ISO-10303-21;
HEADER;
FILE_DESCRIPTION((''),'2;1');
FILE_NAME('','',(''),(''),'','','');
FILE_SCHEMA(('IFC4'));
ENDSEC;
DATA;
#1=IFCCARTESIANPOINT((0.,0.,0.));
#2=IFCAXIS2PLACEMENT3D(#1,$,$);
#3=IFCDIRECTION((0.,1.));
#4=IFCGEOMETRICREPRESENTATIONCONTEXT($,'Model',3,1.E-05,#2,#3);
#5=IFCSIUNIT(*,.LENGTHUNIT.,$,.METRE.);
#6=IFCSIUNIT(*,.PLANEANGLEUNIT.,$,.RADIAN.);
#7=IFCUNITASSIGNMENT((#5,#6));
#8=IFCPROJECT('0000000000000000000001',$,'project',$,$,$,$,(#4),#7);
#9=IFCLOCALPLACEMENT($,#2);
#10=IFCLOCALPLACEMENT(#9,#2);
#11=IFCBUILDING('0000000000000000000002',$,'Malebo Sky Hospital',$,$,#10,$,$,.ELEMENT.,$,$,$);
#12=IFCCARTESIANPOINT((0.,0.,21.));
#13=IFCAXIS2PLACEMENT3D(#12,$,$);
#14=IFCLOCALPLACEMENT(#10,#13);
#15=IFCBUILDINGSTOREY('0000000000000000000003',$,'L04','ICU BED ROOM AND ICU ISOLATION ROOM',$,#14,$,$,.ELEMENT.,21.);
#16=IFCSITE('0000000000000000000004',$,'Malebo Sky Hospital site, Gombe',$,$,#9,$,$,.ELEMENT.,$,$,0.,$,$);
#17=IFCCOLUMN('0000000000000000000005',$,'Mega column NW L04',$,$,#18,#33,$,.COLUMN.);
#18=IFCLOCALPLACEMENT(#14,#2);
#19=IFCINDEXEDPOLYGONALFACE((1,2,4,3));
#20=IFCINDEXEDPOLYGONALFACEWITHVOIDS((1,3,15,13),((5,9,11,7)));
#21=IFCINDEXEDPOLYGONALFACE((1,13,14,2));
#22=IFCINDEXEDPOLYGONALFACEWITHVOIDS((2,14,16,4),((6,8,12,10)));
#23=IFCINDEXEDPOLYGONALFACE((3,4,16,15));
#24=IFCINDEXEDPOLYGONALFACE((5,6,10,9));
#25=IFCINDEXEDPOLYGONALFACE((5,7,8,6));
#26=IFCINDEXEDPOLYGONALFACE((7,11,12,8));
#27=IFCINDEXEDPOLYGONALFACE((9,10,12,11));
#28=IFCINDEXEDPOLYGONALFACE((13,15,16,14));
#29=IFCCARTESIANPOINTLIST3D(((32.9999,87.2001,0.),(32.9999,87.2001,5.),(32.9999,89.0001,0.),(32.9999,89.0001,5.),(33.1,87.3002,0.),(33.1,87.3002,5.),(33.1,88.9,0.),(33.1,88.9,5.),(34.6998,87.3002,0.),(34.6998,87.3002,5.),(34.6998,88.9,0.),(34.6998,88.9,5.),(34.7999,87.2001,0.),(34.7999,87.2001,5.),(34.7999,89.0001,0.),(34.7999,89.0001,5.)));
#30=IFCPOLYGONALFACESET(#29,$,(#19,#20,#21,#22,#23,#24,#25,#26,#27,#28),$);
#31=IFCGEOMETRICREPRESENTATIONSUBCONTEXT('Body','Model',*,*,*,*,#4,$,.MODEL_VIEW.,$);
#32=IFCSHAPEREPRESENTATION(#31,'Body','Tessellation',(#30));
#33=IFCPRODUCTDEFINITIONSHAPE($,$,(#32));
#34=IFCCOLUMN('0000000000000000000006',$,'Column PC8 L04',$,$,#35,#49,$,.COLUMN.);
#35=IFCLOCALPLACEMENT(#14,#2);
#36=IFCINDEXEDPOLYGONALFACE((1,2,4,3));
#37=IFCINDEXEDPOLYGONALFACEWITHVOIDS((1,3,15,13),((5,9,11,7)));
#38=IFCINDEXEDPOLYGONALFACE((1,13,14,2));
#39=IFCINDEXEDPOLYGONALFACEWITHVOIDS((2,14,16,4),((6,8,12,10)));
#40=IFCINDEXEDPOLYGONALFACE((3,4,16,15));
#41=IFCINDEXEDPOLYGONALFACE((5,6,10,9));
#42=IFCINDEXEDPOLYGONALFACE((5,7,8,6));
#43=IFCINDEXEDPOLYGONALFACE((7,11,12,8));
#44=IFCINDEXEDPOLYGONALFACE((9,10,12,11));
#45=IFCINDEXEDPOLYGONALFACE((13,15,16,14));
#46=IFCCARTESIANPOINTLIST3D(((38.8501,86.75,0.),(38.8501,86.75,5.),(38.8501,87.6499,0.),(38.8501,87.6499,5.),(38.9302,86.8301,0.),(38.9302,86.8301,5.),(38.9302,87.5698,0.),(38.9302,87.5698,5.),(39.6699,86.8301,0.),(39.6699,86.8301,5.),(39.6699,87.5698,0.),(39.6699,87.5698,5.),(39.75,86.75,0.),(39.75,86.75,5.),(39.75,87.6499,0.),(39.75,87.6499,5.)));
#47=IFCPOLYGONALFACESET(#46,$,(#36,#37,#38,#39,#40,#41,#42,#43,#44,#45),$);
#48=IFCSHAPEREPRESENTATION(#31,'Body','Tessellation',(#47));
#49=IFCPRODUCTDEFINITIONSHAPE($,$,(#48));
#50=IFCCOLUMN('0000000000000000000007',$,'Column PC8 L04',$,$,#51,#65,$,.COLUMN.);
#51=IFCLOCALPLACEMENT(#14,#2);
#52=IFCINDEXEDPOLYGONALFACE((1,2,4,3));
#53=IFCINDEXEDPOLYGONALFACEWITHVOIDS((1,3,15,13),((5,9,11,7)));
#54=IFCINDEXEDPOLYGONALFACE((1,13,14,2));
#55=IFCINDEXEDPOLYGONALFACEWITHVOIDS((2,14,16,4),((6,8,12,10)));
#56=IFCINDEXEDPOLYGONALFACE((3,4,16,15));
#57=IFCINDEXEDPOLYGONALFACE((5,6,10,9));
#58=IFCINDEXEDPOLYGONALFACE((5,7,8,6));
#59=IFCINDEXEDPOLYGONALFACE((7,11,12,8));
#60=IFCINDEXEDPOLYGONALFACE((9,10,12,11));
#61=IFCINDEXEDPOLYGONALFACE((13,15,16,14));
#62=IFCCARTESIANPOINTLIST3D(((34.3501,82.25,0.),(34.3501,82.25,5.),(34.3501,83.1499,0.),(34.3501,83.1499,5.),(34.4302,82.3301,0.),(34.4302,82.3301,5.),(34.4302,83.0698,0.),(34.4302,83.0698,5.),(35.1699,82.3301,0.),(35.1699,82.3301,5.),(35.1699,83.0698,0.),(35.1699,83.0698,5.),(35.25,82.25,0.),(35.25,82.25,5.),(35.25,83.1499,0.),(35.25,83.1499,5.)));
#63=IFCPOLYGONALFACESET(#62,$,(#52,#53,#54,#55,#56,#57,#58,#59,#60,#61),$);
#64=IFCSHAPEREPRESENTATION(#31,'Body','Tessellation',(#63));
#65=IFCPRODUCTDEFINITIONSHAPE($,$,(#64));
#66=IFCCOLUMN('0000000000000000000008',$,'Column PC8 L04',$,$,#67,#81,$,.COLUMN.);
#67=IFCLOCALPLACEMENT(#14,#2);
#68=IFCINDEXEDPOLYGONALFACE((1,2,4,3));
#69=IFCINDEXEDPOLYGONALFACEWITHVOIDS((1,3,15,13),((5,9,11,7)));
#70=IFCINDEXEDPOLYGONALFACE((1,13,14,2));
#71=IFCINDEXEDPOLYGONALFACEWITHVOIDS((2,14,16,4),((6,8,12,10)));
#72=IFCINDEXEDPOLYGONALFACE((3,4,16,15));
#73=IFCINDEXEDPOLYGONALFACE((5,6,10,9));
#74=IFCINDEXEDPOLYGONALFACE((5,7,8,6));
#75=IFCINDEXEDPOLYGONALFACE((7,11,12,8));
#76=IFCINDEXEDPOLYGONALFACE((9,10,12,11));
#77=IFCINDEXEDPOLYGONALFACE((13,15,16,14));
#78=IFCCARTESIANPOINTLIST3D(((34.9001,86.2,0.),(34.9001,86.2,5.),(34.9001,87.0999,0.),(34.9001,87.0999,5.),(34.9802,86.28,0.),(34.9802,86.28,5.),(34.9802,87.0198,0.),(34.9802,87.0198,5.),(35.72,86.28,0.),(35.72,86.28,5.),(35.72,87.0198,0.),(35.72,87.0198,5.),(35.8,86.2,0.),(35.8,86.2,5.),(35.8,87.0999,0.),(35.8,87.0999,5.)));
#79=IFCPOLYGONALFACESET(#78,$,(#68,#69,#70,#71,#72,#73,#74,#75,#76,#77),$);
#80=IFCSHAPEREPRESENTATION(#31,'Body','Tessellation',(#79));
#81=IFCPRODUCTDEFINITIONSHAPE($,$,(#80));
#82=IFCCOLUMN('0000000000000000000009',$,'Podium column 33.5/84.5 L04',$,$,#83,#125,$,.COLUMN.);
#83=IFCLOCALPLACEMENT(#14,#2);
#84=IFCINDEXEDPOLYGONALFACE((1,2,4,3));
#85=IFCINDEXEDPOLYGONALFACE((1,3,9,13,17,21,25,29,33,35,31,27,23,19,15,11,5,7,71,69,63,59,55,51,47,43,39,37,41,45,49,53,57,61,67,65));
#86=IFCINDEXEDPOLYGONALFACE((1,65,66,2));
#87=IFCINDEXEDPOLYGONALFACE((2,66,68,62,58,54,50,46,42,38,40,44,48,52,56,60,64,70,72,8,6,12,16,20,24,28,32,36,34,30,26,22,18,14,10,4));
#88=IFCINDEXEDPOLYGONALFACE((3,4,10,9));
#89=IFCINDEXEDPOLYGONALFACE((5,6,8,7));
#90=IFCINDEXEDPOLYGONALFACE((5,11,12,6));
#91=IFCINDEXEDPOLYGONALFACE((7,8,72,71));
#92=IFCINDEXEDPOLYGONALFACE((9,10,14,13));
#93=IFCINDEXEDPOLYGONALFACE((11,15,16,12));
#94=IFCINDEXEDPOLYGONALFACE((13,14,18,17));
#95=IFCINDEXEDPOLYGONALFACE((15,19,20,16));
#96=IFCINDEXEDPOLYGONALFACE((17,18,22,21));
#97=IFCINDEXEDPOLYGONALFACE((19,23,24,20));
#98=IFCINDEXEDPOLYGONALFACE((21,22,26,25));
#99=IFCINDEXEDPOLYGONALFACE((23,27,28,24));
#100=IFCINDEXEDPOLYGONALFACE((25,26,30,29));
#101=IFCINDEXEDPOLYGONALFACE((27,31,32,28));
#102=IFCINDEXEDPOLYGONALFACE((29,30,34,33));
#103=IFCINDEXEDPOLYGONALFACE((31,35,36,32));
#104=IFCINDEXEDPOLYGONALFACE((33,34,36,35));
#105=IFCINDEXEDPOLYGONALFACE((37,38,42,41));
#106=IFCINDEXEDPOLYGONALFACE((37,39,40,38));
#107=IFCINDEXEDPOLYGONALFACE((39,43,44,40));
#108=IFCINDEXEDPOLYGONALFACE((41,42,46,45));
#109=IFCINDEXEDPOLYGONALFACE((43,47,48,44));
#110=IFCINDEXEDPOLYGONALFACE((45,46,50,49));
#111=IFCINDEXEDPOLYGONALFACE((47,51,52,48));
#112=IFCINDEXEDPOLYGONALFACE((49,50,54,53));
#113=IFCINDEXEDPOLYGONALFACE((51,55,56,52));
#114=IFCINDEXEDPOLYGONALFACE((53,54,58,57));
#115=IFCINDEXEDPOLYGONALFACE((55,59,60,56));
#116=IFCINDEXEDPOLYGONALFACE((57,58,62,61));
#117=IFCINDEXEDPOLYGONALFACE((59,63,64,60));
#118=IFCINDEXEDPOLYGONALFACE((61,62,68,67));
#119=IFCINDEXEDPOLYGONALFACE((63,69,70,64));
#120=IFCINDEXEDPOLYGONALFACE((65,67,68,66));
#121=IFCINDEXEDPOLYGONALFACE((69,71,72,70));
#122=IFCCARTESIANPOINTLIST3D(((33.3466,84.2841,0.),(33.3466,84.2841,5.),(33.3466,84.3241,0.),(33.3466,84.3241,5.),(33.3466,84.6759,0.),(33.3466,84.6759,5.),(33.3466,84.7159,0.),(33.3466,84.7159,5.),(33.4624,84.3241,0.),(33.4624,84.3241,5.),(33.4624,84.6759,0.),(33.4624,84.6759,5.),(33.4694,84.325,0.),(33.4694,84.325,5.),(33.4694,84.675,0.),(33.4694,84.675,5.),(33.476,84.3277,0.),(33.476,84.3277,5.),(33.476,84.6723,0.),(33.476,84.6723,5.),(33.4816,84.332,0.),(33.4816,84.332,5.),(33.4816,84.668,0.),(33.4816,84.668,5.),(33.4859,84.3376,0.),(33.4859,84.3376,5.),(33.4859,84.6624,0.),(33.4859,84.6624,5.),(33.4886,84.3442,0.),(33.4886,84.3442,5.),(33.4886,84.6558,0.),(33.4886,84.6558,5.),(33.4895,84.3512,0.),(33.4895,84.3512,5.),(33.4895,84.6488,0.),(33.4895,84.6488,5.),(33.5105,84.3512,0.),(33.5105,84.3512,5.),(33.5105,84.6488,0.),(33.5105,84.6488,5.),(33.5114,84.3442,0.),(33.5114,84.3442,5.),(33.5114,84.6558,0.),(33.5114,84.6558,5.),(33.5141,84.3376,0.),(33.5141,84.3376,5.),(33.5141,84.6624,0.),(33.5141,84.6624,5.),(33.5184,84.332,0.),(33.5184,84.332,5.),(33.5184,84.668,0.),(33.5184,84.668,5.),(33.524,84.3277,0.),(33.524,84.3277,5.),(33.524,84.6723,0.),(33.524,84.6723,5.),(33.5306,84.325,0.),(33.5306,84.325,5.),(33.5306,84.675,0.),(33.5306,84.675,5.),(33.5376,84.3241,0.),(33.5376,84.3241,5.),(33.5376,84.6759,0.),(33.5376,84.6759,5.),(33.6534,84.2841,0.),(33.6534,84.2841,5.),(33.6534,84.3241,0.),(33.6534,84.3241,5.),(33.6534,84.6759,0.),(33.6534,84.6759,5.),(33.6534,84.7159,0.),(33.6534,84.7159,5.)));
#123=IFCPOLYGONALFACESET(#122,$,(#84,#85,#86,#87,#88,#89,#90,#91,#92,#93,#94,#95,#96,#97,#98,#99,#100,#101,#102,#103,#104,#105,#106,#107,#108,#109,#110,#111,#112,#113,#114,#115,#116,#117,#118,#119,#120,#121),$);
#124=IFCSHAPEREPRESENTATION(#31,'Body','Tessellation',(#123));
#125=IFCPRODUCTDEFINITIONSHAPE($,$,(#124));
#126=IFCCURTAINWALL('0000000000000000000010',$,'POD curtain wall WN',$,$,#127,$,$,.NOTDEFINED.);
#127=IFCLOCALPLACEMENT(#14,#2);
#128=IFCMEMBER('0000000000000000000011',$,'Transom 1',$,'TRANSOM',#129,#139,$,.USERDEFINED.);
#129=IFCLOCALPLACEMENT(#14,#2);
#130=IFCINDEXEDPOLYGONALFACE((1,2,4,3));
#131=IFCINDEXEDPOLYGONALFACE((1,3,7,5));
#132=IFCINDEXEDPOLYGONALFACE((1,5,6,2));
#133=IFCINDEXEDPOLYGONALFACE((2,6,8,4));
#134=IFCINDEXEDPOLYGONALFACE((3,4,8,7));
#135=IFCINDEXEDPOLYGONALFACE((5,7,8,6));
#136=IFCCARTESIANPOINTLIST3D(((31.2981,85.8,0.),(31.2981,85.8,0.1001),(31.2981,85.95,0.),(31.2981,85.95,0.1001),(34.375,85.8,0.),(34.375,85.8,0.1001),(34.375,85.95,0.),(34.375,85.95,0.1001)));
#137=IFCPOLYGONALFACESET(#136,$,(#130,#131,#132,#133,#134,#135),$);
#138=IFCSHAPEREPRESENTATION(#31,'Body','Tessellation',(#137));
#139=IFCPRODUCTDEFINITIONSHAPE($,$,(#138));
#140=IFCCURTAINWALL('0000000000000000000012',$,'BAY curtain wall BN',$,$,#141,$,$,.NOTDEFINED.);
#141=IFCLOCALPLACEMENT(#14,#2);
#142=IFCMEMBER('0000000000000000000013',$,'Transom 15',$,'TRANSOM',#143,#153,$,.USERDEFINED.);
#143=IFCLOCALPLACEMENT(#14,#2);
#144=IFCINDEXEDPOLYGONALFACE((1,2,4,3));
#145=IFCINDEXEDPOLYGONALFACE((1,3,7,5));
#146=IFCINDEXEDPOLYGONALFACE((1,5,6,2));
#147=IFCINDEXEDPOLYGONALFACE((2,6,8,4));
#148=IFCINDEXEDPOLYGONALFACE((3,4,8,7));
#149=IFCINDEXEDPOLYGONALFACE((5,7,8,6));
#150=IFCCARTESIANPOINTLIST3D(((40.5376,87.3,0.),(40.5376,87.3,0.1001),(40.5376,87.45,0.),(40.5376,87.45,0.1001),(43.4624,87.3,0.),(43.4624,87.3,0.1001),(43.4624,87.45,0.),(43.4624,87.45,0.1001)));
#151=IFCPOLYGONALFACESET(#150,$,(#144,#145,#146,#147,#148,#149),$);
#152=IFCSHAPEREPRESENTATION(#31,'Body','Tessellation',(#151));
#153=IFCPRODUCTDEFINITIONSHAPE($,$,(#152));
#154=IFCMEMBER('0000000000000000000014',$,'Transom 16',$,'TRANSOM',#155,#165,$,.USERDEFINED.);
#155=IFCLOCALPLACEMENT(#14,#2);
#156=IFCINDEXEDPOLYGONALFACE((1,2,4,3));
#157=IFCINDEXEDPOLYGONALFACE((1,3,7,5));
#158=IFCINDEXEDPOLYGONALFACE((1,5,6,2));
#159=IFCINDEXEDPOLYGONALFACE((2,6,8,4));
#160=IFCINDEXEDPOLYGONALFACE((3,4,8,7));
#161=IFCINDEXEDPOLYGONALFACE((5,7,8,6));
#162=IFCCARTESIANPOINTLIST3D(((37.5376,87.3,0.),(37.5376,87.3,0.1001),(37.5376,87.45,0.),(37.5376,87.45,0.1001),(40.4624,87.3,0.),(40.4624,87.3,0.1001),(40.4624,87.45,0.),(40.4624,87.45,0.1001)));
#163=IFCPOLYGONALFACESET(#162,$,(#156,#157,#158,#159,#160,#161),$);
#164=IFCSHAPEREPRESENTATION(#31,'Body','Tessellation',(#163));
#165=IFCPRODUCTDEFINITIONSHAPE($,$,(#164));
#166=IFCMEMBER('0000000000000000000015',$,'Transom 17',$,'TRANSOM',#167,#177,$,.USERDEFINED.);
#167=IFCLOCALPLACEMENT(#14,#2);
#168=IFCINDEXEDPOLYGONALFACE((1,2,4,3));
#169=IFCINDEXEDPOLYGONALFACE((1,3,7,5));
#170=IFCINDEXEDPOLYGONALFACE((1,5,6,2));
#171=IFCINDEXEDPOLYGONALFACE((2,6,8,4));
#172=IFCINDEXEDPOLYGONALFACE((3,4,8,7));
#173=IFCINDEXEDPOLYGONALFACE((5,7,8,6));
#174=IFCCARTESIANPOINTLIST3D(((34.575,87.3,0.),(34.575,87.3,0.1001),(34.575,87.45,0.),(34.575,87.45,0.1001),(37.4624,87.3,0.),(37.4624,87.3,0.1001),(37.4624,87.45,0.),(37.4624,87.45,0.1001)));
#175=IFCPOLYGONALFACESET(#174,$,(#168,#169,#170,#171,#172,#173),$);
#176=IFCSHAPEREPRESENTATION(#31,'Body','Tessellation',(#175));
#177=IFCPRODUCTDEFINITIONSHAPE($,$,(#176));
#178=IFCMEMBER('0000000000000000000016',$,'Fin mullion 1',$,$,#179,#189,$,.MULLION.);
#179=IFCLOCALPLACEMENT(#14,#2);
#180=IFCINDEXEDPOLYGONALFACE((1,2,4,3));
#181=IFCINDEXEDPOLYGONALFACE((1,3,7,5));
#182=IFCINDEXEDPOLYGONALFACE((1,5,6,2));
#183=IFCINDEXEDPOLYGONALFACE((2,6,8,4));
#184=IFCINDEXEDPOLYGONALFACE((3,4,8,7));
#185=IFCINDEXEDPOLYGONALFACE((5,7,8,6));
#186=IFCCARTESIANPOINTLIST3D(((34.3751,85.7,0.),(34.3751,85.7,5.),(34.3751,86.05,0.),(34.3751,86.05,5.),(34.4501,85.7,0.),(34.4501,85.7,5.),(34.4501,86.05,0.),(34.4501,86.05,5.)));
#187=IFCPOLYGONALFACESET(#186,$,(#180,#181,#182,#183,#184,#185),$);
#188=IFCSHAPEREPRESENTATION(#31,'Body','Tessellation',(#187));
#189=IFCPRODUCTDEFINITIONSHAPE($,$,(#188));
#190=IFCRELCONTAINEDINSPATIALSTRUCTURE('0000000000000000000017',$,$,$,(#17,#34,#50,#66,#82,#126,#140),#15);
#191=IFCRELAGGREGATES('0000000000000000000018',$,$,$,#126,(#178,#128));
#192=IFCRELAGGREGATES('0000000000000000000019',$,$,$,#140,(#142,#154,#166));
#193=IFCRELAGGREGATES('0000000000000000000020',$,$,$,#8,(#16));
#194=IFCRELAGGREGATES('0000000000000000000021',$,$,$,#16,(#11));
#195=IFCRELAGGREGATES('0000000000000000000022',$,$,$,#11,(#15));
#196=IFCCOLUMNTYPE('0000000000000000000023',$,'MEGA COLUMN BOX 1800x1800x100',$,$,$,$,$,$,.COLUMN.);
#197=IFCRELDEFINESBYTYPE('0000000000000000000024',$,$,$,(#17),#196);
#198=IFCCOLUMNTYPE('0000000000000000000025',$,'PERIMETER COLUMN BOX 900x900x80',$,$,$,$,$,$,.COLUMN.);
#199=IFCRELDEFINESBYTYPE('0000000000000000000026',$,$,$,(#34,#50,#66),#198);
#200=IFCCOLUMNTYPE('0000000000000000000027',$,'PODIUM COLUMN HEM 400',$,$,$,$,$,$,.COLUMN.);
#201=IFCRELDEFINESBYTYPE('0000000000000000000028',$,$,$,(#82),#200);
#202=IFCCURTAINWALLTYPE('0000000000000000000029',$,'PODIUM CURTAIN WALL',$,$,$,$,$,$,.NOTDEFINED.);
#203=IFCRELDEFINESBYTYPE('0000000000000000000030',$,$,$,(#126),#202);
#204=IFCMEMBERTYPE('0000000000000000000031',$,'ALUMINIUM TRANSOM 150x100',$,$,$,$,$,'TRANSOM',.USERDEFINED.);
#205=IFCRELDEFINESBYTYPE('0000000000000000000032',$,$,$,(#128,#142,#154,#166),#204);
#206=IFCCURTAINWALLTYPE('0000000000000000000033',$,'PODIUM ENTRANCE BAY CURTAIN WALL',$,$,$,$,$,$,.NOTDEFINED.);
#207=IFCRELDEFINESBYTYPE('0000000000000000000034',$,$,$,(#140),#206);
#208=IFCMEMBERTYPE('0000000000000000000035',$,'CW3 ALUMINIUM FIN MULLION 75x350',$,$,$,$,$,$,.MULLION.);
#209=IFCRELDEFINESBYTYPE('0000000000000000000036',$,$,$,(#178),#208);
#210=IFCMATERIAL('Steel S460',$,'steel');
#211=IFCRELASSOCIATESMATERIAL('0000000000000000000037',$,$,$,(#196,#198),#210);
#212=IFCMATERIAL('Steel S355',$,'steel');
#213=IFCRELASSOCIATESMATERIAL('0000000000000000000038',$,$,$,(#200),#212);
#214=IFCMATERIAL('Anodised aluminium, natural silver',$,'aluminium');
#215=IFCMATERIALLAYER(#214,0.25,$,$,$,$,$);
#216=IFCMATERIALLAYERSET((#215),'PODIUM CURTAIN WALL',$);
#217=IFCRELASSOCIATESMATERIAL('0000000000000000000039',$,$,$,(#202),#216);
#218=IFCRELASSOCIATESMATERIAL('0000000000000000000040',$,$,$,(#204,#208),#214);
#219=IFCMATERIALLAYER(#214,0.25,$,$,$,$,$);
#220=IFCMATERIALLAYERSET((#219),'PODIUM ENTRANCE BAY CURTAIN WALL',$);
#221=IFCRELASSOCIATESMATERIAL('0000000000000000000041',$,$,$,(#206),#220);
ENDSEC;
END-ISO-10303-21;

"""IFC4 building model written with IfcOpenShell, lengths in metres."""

from ifc_helpers import new_model, si_unit, direction, frame, origin, origin_2d, place, context, subcontext, project, spatial, rectangle, hollow_rectangle, i_section, extrude, material, layer, layer_set, material_profile, profile_set, type_object, element, aggregate, save


model = new_model("IFC4")

# Units and contexts
model_context = context("Model", 3, precision=1e-05, world=origin(), true_north=direction((0.0, 1.0)))
body_context = subcontext(model_context, "Body", "Model", "MODEL_VIEW")
ifc_project = project(units=[si_unit("LENGTHUNIT", "METRE"), si_unit("PLANEANGLEUNIT", "RADIAN")], contexts=[model_context])

# Site, building, storey
site_placement = place(None, origin())
site = spatial("IfcSite", under=ifc_project, at=site_placement, Name="Malebo Sky Hospital site, Gombe", CompositionType="ELEMENT", RefElevation=0.0)
building_placement = place(site_placement, origin())
building = spatial("IfcBuilding", under=site, at=building_placement, Name="Malebo Sky Hospital", CompositionType="ELEMENT")
storey_placement = place(building_placement, frame((0.0, 0.0, 21.0)))
storey = spatial("IfcBuildingStorey", under=building, at=storey_placement, Name="L04", Description="ICU BED ROOM AND ICU ISOLATION ROOM", CompositionType="ELEMENT", Elevation=21.0)

# Columns
ifc_material_1 = material(Name="Steel S460", Category="steel")
ifc_material_profile_1 = material_profile(ifc_material_1, hollow_rectangle(XDim=1.8, YDim=1.8, WallThickness=0.1001, at=origin_2d()), Name="BOX 1800x1800x100")
ifc_profile_set_1 = profile_set([ifc_material_profile_1], Name="Steel S460")
column_type_1 = type_object("IfcColumnType", Name="MEGA COLUMN BOX 1800x1800x100", PredefinedType="COLUMN", material=ifc_profile_set_1)
column_1_placement = place(storey_placement, frame((33.8999, 88.1001, 0.0), z_axis=(0.0, 0.0, 1.0), x_axis=(1.0, 0.0, 0.0)))
element("IfcColumn", 1, at=column_1_placement, inside=storey, type_object=column_type_1, Name="Mega column NW L04", PredefinedType="COLUMN", context=body_context, shape_type="SweptSolid", body=[
    extrude(hollow_rectangle(XDim=1.8, YDim=1.8, WallThickness=0.1001, at=origin_2d()), origin(), (0.0, 0.0, 1.0), 5.0),
])
ifc_material_profile_2 = material_profile(ifc_material_1, hollow_rectangle(XDim=0.8999, YDim=0.8999, WallThickness=0.0801, at=origin_2d()), Name="BOX 900x900x80")
ifc_profile_set_2 = profile_set([ifc_material_profile_2], Name="Steel S460")
column_type_2 = type_object("IfcColumnType", Name="PERIMETER COLUMN BOX 900x900x80", PredefinedType="COLUMN", material=ifc_profile_set_2)
for number, where, z_axis, x_axis, name in (
    (2, (39.3, 87.2, 0.0), (0.0, 0.0, 1.0), (1.0, 0.0, 0.0), "Column PC8 L04"),
    (3, (34.8, 82.7, 0.0), (0.0, 0.0, 1.0), (1.0, 0.0, 0.0), "Column PC8 L04"),
    (4, (35.3501, 86.6499, 0.0), (0.0, 0.0, 1.0), (1.0, 0.0, 0.0), "Column PC8 L04"),
):
    element("IfcColumn", number, at=place(storey_placement, frame(where, z_axis=z_axis, x_axis=x_axis)), inside=storey, type_object=column_type_2, Name=name, PredefinedType="COLUMN", context=body_context, shape_type="SweptSolid", body=[
        extrude(hollow_rectangle(XDim=0.8999, YDim=0.8999, WallThickness=0.0801, at=origin_2d()), origin(), (0.0, 0.0, 1.0), 5.0),
    ])
ifc_material_2 = material(Name="Steel S355", Category="steel")
ifc_material_profile_3 = material_profile(ifc_material_2, i_section(OverallWidth=0.3069, OverallDepth=0.4319, WebThickness=0.021, FlangeThickness=0.04, FilletRadius=0.0271, at=origin_2d()), Name="HEM 400")
ifc_profile_set_3 = profile_set([ifc_material_profile_3], Name="Steel S355")
column_type_3 = type_object("IfcColumnType", Name="PODIUM COLUMN HEM 400", PredefinedType="COLUMN", material=ifc_profile_set_3)
column_2_placement = place(storey_placement, frame((33.5, 84.5, 0.0), z_axis=(0.0, 0.0, 1.0), x_axis=(1.0, 0.0, 0.0)))
element("IfcColumn", 5, at=column_2_placement, inside=storey, type_object=column_type_3, Name="Podium column 33.5/84.5 L04", PredefinedType="COLUMN", context=body_context, shape_type="SweptSolid", body=[
    extrude(i_section(OverallWidth=0.3069, OverallDepth=0.4319, WebThickness=0.021, FlangeThickness=0.04, FilletRadius=0.0271, at=origin_2d()), origin(), (0.0, 0.0, 1.0), 5.0),
])

# Curtain wall, member
ifc_material_3 = material(Name="Anodised aluminium, natural silver", Category="aluminium")
ifc_layer_1 = layer(ifc_material_3, 0.25)
ifc_layer_set_1 = layer_set([ifc_layer_1], Name="PODIUM CURTAIN WALL")
curtain_wall_type_1 = type_object("IfcCurtainWallType", Name="PODIUM CURTAIN WALL", PredefinedType="NOTDEFINED", material=ifc_layer_set_1)
curtain_wall_1_placement = place(storey_placement, origin())
curtain_wall_1 = element("IfcCurtainWall", 6, at=curtain_wall_1_placement, inside=storey, type_object=curtain_wall_type_1, Name="POD curtain wall WN", PredefinedType="NOTDEFINED")
ifc_material_profile_4 = material_profile(ifc_material_3, rectangle(XDim=0.1499, YDim=0.1001, at=origin_2d()), Name="ALUMINIUM TRANSOM 150x100")
ifc_profile_set_4 = profile_set([ifc_material_profile_4], Name="Anodised aluminium, natural silver")
member_type_1 = type_object("IfcMemberType", Name="ALUMINIUM TRANSOM 150x100", ElementType="TRANSOM", PredefinedType="USERDEFINED", material=ifc_profile_set_4)
member_1_placement = place(storey_placement, frame((34.375, 85.875, 0.05), z_axis=(-1.0, 0.0, 0.0), x_axis=(0.0, -1.0, 0.0)))
member_1 = element("IfcMember", 7, at=member_1_placement, type_object=member_type_1, Name="Transom 1", ObjectType="TRANSOM", PredefinedType="USERDEFINED", context=body_context, shape_type="SweptSolid", body=[
    extrude(rectangle(XDim=0.1499, YDim=0.1001, at=origin_2d()), origin(), (0.0, 0.0, 1.0), 3.0769),
])

# Curtain wall, members
ifc_layer_2 = layer(ifc_material_3, 0.25)
ifc_layer_set_2 = layer_set([ifc_layer_2], Name="PODIUM ENTRANCE BAY CURTAIN WALL")
curtain_wall_type_2 = type_object("IfcCurtainWallType", Name="PODIUM ENTRANCE BAY CURTAIN WALL", PredefinedType="NOTDEFINED", material=ifc_layer_set_2)
curtain_wall_2_placement = place(storey_placement, origin())
curtain_wall_2 = element("IfcCurtainWall", 8, at=curtain_wall_2_placement, inside=storey, type_object=curtain_wall_type_2, Name="BAY curtain wall BN", PredefinedType="NOTDEFINED")
member_2_placement = place(storey_placement, frame((43.4624, 87.375, 0.05), z_axis=(-1.0, 0.0, 0.0), x_axis=(0.0, -1.0, 0.0)))
member_2 = element("IfcMember", 9, at=member_2_placement, type_object=member_type_1, Name="Transom 15", ObjectType="TRANSOM", PredefinedType="USERDEFINED", context=body_context, shape_type="SweptSolid", body=[
    extrude(rectangle(XDim=0.1499, YDim=0.1001, at=origin_2d()), origin(), (0.0, 0.0, 1.0), 2.9248),
])
member_3_placement = place(storey_placement, frame((40.4624, 87.375, 0.05), z_axis=(-1.0, 0.0, 0.0), x_axis=(0.0, -1.0, 0.0)))
member_3 = element("IfcMember", 10, at=member_3_placement, type_object=member_type_1, Name="Transom 16", ObjectType="TRANSOM", PredefinedType="USERDEFINED", context=body_context, shape_type="SweptSolid", body=[
    extrude(rectangle(XDim=0.1499, YDim=0.1001, at=origin_2d()), origin(), (0.0, 0.0, 1.0), 2.9248),
])
member_4_placement = place(storey_placement, frame((37.4624, 87.375, 0.05), z_axis=(-1.0, 0.0, 0.0), x_axis=(0.0, -1.0, 0.0)))
member_4 = element("IfcMember", 11, at=member_4_placement, type_object=member_type_1, Name="Transom 17", ObjectType="TRANSOM", PredefinedType="USERDEFINED", context=body_context, shape_type="SweptSolid", body=[
    extrude(rectangle(XDim=0.1499, YDim=0.1001, at=origin_2d()), origin(), (0.0, 0.0, 1.0), 2.8875),
])

# Member
ifc_material_profile_5 = material_profile(ifc_material_3, rectangle(XDim=0.075, YDim=0.3501, at=origin_2d()), Name="CW3 ALUMINIUM FIN MULLION 75x350")
ifc_profile_set_5 = profile_set([ifc_material_profile_5], Name="Anodised aluminium, natural silver")
member_type_2 = type_object("IfcMemberType", Name="CW3 ALUMINIUM FIN MULLION 75x350", PredefinedType="MULLION", material=ifc_profile_set_5)
member_5_placement = place(storey_placement, frame((34.4126, 85.875, 0.0), z_axis=(0.0, 0.0, 1.0), x_axis=(-1.0, 0.0, 0.0)))
member_5 = element("IfcMember", 12, at=member_5_placement, type_object=member_type_2, Name="Fin mullion 1", PredefinedType="MULLION", context=body_context, shape_type="SweptSolid", body=[
    extrude(rectangle(XDim=0.075, YDim=0.3501, at=origin_2d()), origin(), (0.0, 0.0, 1.0), 5.0),
])
aggregate(curtain_wall_1, [member_5, member_1])

aggregate(curtain_wall_2, [member_2, member_3, member_4])

save(model, "model.ifc")
